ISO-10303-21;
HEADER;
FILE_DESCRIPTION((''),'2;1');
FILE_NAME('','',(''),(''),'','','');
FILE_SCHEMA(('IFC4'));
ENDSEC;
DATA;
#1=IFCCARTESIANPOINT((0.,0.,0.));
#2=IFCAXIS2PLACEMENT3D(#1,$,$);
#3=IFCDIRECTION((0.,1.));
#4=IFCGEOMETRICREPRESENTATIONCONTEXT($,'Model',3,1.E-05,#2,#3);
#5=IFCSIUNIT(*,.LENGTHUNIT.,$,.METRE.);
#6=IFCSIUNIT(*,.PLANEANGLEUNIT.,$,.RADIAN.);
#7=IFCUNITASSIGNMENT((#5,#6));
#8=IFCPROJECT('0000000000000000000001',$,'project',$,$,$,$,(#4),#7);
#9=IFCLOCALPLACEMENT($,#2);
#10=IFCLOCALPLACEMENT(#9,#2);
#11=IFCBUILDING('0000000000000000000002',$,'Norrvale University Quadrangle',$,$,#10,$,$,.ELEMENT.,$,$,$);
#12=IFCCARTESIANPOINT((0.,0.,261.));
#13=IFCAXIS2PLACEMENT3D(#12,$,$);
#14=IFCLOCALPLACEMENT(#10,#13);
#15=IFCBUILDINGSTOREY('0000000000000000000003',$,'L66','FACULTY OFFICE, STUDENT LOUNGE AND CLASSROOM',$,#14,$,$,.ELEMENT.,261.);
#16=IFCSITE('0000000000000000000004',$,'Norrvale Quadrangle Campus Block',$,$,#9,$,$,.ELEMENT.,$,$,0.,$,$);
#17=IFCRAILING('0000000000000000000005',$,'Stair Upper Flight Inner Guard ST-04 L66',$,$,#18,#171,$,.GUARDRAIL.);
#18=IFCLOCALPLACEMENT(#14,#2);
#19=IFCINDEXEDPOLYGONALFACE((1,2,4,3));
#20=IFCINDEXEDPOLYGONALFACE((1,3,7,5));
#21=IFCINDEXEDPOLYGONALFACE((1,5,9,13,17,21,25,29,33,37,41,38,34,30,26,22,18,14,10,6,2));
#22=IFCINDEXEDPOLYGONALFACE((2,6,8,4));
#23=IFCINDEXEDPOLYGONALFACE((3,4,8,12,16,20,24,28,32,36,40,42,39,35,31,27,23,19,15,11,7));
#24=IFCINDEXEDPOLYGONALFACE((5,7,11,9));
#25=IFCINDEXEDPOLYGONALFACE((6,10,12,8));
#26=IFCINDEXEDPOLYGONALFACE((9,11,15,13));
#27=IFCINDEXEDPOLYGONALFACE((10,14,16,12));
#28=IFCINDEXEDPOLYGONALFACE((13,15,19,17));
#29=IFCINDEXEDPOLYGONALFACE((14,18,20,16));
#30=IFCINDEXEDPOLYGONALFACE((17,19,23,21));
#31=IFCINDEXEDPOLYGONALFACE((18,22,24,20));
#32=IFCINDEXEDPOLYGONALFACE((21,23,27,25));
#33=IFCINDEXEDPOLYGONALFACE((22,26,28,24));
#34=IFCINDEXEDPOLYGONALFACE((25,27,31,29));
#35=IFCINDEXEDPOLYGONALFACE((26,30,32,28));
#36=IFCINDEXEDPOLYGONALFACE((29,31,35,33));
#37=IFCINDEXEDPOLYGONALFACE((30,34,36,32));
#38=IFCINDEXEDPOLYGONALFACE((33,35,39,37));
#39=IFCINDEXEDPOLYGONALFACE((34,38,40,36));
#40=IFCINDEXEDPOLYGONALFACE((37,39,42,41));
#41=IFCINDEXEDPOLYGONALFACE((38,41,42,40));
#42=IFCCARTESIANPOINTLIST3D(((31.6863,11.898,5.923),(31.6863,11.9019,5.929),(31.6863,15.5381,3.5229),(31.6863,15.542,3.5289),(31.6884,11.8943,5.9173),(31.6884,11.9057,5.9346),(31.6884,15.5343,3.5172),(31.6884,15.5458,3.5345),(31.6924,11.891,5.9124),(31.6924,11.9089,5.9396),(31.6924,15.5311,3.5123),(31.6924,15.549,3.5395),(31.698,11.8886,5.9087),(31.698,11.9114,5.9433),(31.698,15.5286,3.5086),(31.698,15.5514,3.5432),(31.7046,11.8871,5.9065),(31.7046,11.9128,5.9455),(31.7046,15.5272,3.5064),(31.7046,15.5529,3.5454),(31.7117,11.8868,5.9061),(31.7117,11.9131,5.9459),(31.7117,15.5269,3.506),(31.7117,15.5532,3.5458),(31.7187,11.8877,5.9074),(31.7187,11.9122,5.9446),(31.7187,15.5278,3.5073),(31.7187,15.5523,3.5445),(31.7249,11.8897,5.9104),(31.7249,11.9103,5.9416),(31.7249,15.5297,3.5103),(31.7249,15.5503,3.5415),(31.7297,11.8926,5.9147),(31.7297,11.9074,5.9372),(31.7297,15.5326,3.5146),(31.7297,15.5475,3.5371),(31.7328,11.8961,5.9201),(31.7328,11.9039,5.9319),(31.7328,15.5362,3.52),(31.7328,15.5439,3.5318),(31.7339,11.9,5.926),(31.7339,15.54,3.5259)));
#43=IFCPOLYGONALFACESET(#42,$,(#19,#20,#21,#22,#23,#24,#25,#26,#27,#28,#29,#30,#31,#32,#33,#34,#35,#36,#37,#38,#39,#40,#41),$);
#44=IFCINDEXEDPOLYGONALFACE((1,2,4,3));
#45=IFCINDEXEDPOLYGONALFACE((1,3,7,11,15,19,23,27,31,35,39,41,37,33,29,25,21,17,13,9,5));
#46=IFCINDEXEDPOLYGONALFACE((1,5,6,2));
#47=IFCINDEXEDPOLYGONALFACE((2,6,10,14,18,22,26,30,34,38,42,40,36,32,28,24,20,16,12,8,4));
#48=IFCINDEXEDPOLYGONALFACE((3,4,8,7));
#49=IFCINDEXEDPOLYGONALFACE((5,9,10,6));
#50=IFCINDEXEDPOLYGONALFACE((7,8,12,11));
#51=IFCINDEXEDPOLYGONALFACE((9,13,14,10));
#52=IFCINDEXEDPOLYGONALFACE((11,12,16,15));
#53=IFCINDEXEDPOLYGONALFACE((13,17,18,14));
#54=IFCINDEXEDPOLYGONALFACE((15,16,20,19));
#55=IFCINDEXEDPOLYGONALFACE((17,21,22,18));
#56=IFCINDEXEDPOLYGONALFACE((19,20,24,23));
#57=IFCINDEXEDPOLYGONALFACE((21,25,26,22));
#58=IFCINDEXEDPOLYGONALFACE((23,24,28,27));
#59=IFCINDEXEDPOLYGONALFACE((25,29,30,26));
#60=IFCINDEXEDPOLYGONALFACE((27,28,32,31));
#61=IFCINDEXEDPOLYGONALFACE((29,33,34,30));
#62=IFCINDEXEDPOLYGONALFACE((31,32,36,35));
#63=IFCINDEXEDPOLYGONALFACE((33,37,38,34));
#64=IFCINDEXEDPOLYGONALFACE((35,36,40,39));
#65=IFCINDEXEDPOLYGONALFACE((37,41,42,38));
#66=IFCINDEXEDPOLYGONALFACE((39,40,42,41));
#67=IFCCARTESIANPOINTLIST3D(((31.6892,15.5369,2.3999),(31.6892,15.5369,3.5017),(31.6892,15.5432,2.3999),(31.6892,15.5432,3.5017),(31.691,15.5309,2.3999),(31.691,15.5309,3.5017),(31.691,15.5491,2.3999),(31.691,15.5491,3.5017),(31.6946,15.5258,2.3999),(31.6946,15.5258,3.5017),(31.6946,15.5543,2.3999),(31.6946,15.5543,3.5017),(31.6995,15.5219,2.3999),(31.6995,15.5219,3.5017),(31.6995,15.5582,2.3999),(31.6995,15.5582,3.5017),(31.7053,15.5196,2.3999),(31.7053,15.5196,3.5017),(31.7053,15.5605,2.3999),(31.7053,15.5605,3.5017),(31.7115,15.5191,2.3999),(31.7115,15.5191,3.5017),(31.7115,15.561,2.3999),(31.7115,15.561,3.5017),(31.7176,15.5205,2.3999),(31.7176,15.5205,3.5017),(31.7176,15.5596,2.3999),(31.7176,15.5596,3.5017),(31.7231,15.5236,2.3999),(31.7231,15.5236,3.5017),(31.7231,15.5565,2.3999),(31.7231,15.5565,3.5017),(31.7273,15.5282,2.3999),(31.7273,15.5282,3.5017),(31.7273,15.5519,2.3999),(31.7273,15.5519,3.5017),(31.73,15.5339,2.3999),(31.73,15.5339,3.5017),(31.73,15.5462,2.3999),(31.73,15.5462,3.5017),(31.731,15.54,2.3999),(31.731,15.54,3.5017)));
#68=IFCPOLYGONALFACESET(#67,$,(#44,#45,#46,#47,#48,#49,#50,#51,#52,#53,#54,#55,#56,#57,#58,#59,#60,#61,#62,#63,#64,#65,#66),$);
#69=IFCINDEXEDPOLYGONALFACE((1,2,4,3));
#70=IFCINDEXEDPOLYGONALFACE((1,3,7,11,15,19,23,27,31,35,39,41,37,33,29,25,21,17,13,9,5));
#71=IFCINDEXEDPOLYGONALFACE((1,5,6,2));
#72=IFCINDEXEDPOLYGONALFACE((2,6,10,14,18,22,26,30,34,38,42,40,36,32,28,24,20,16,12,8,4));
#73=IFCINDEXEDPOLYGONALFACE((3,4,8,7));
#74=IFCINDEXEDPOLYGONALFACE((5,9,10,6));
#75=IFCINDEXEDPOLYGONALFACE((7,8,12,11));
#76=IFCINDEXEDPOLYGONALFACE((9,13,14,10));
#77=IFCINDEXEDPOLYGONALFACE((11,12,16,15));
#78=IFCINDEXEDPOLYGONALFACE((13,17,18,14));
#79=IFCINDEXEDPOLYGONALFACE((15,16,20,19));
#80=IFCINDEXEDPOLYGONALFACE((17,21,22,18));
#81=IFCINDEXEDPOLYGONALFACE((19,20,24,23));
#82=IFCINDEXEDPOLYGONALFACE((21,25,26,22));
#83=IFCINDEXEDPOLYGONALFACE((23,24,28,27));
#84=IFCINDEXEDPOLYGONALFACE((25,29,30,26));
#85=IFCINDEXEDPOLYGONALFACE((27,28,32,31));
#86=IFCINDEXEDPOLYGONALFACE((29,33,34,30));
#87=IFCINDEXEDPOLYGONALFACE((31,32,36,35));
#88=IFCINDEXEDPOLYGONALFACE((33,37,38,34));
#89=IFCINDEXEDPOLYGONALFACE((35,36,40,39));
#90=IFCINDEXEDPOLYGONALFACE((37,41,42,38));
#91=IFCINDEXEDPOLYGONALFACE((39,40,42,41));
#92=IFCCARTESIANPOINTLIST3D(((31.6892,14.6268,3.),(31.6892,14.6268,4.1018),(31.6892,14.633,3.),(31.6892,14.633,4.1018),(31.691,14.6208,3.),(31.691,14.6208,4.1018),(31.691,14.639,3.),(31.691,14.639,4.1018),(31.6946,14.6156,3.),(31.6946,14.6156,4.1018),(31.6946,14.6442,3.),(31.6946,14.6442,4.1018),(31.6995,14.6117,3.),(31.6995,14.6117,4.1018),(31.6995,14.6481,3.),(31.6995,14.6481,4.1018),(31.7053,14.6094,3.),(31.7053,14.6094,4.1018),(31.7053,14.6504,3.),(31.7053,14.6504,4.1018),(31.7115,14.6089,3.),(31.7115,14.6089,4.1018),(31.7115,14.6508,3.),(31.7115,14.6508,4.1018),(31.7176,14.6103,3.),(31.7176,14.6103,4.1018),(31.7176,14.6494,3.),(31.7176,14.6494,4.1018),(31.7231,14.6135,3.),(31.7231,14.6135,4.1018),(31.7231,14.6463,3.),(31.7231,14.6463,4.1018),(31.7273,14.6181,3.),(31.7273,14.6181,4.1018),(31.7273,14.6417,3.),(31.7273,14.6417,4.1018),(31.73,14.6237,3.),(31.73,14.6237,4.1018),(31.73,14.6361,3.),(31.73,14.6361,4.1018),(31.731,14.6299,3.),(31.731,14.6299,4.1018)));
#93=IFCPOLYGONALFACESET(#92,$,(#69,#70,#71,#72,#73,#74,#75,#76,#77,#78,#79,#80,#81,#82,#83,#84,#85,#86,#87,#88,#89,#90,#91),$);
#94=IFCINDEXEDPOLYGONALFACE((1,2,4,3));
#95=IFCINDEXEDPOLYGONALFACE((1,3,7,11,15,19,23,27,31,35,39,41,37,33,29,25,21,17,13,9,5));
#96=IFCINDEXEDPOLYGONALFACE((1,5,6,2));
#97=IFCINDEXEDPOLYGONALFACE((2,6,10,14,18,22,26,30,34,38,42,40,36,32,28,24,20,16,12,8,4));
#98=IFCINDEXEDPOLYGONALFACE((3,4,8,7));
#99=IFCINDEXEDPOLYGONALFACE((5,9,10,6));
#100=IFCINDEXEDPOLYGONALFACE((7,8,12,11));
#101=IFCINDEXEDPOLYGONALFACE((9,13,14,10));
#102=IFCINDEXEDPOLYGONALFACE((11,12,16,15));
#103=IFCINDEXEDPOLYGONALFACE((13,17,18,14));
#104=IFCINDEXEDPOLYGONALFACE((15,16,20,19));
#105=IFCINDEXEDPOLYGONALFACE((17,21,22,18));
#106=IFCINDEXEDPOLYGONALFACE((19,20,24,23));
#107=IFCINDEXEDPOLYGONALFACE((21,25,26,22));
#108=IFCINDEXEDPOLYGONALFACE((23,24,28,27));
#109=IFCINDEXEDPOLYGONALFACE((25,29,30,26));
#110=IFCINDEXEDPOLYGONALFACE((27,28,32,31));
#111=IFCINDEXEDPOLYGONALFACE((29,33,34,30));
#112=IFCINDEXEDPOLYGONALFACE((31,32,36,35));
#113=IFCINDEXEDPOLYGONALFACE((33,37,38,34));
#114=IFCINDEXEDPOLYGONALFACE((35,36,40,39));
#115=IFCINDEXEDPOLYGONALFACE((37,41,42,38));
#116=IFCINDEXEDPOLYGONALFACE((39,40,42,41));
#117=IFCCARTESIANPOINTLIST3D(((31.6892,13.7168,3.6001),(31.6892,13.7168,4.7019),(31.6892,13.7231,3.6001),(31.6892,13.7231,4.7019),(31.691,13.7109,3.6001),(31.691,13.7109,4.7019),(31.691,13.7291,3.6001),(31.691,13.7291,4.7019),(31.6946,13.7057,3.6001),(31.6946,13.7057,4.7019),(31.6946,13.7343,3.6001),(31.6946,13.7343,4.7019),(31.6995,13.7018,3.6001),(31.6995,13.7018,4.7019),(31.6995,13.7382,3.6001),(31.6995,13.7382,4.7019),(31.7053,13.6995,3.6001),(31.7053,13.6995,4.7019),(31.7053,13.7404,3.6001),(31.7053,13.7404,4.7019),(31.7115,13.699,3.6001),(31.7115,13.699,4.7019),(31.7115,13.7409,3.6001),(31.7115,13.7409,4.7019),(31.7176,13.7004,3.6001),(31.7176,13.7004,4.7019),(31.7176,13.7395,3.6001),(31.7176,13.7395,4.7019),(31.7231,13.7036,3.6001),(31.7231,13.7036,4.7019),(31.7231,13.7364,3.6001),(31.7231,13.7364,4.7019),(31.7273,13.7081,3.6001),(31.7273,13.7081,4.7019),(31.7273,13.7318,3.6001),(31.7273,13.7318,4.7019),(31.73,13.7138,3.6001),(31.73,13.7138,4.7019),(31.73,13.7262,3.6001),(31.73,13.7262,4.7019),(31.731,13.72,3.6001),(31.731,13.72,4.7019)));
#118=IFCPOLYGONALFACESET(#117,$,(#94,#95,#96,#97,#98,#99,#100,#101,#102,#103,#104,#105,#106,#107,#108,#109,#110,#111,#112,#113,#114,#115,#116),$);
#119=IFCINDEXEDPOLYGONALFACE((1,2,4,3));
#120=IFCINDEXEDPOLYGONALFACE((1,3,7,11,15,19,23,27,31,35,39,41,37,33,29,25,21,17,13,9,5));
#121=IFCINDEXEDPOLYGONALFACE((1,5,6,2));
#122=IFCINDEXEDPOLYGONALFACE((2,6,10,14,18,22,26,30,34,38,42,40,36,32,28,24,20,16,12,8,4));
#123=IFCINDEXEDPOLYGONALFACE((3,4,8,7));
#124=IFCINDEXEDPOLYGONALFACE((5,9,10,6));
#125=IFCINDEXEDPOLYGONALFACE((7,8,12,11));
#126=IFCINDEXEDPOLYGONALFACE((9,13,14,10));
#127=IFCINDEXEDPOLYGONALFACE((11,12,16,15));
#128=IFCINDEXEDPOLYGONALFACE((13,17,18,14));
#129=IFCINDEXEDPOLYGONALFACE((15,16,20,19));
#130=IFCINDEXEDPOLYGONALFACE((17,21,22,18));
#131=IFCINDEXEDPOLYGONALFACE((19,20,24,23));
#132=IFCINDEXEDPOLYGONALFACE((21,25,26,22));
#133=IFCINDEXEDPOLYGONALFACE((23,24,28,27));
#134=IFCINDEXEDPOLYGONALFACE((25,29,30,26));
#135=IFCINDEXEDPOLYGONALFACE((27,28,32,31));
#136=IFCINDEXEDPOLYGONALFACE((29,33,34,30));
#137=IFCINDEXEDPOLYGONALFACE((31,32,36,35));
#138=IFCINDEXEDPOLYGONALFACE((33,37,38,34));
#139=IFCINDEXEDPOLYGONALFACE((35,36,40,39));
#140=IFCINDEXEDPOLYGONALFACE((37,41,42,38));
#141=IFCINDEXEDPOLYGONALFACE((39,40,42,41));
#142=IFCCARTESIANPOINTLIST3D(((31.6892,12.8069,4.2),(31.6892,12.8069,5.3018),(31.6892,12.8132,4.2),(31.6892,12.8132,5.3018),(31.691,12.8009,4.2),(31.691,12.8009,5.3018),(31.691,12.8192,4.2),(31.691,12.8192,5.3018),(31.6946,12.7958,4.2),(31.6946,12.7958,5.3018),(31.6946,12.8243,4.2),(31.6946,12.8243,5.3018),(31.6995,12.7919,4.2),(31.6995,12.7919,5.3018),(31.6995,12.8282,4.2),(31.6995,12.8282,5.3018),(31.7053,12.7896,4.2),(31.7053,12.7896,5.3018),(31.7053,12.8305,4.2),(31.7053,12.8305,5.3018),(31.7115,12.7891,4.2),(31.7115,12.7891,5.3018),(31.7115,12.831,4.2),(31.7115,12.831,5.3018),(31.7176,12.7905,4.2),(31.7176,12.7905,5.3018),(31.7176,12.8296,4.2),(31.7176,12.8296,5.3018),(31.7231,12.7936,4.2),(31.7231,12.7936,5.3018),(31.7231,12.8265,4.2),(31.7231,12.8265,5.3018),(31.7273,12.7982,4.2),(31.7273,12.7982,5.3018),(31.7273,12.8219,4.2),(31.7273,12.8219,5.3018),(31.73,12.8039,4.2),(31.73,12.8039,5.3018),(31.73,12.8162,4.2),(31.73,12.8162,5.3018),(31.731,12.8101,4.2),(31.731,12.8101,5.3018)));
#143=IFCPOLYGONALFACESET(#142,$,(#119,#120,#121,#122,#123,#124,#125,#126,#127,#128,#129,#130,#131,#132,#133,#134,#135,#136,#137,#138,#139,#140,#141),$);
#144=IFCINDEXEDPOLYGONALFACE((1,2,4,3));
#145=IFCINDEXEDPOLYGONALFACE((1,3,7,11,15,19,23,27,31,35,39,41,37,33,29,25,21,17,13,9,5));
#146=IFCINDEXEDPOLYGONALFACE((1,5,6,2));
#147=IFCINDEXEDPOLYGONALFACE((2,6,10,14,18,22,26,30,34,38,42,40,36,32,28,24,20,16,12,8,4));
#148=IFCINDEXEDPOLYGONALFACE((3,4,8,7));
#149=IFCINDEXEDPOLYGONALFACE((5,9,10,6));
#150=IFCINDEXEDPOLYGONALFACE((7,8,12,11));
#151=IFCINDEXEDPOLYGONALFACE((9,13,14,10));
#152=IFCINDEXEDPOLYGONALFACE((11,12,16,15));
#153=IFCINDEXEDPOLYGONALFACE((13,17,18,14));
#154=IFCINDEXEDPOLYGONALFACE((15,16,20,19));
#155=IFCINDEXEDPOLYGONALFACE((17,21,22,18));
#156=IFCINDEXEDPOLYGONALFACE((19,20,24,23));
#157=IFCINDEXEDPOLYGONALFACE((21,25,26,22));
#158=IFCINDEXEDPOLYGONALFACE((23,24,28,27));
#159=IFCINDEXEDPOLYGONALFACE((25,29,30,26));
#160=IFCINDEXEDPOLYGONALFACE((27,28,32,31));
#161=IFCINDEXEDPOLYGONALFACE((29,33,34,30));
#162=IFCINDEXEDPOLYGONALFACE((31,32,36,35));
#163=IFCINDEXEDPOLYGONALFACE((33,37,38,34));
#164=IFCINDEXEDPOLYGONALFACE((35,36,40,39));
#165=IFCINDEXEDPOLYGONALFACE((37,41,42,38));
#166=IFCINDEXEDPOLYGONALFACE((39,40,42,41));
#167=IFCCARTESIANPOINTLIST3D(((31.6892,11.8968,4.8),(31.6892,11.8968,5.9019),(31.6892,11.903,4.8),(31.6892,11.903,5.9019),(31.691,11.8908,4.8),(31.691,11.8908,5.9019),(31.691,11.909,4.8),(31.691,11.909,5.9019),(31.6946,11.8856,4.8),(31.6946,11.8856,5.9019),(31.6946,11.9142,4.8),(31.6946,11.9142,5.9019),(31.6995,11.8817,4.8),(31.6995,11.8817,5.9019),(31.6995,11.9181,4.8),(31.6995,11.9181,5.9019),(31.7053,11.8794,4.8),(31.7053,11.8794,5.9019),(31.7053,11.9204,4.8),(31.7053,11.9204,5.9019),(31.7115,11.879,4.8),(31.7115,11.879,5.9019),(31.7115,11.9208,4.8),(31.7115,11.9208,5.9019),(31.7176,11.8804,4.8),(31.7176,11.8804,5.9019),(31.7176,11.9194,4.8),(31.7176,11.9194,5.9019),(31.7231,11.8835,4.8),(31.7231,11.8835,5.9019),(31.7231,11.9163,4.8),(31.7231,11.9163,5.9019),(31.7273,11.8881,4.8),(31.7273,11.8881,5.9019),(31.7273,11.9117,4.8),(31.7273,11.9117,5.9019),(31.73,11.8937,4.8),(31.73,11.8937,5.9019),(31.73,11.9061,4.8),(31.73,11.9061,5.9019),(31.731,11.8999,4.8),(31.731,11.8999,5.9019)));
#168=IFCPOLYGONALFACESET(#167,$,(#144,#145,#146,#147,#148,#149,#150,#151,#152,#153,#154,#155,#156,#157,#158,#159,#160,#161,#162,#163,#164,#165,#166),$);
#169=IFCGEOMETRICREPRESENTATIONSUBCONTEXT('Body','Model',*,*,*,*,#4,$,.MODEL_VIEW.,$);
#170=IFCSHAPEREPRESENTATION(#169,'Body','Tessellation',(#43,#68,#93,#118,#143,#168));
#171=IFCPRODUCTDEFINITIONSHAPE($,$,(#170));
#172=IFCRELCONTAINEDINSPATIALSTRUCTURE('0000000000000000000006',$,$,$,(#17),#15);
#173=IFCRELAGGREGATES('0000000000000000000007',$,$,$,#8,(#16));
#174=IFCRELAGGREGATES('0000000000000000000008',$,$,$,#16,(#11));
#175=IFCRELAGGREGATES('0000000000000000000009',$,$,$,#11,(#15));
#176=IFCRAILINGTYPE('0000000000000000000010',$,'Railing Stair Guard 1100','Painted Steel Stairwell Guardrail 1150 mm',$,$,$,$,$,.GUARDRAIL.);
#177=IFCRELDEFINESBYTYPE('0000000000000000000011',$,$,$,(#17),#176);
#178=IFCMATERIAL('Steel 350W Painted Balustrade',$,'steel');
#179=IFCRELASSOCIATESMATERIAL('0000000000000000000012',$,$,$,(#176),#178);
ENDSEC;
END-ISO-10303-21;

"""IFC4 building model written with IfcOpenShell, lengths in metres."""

from ifc_helpers import new_model, si_unit, direction, frame, origin, origin_2d, place, context, subcontext, project, spatial, circle, extrude, material, type_object, element, save


model = new_model("IFC4")

# Units and contexts
model_context = context("Model", 3, precision=1e-05, world=origin(), true_north=direction((0.0, 1.0)))
body_context = subcontext(model_context, "Body", "Model", "MODEL_VIEW")
ifc_project = project(units=[si_unit("LENGTHUNIT", "METRE"), si_unit("PLANEANGLEUNIT", "RADIAN")], contexts=[model_context])

# Site, building, storey
site_placement = place(None, origin())
site = spatial("IfcSite", under=ifc_project, at=site_placement, Name="Norrvale Quadrangle Campus Block", CompositionType="ELEMENT", RefElevation=0.0)
building_placement = place(site_placement, origin())
building = spatial("IfcBuilding", under=site, at=building_placement, Name="Norrvale University Quadrangle", CompositionType="ELEMENT")
storey_placement = place(building_placement, frame((0.0, 0.0, 261.0)))
storey = spatial("IfcBuildingStorey", under=building, at=storey_placement, Name="L66", Description="FACULTY OFFICE, STUDENT LOUNGE AND CLASSROOM", CompositionType="ELEMENT", Elevation=261.0)

# Railing
ifc_material_1 = material(Name="Steel 350W Painted Balustrade", Category="steel")
railing_type_1 = type_object("IfcRailingType", Name="Railing Stair Guard 1100", Description="Painted Steel Stairwell Guardrail 1150 mm", PredefinedType="GUARDRAIL", material=ifc_material_1)
railing_1_placement = place(storey_placement, frame((31.71, 15.54, 2.3999)))
element("IfcRailing", 1, at=railing_1_placement, inside=storey, type_object=railing_type_1, Name="Stair Upper Flight Inner Guard ST-04 L66", PredefinedType="GUARDRAIL", context=body_context, shape_type="SweptSolid", body=[
    extrude(circle(Radius=0.0239, at=origin_2d()), frame((0.0, 0.0, 1.126), z_axis=(0.0, -0.834856, 0.550468), x_axis=(1.0, 0.0, 0.0)), (0.0, 0.0, 1.0), 4.3601),
    extrude(circle(Radius=0.021, at=origin_2d()), origin(), (0.0, 0.0, 1.0), 1.1018),
    extrude(circle(Radius=0.021, at=origin_2d()), frame((0.0, -0.9102, 0.6001)), (0.0, 0.0, 1.0), 1.1018),
    extrude(circle(Radius=0.021, at=origin_2d()), frame((0.0, -1.8201, 1.2002)), (0.0, 0.0, 1.0), 1.1018),
    extrude(circle(Radius=0.021, at=origin_2d()), frame((0.0, -2.73, 1.8)), (0.0, 0.0, 1.0), 1.1018),
    extrude(circle(Radius=0.021, at=origin_2d()), frame((0.0, -3.6401, 2.4001)), (0.0, 0.0, 1.0), 1.1018),
])

save(model, "model.ifc")
